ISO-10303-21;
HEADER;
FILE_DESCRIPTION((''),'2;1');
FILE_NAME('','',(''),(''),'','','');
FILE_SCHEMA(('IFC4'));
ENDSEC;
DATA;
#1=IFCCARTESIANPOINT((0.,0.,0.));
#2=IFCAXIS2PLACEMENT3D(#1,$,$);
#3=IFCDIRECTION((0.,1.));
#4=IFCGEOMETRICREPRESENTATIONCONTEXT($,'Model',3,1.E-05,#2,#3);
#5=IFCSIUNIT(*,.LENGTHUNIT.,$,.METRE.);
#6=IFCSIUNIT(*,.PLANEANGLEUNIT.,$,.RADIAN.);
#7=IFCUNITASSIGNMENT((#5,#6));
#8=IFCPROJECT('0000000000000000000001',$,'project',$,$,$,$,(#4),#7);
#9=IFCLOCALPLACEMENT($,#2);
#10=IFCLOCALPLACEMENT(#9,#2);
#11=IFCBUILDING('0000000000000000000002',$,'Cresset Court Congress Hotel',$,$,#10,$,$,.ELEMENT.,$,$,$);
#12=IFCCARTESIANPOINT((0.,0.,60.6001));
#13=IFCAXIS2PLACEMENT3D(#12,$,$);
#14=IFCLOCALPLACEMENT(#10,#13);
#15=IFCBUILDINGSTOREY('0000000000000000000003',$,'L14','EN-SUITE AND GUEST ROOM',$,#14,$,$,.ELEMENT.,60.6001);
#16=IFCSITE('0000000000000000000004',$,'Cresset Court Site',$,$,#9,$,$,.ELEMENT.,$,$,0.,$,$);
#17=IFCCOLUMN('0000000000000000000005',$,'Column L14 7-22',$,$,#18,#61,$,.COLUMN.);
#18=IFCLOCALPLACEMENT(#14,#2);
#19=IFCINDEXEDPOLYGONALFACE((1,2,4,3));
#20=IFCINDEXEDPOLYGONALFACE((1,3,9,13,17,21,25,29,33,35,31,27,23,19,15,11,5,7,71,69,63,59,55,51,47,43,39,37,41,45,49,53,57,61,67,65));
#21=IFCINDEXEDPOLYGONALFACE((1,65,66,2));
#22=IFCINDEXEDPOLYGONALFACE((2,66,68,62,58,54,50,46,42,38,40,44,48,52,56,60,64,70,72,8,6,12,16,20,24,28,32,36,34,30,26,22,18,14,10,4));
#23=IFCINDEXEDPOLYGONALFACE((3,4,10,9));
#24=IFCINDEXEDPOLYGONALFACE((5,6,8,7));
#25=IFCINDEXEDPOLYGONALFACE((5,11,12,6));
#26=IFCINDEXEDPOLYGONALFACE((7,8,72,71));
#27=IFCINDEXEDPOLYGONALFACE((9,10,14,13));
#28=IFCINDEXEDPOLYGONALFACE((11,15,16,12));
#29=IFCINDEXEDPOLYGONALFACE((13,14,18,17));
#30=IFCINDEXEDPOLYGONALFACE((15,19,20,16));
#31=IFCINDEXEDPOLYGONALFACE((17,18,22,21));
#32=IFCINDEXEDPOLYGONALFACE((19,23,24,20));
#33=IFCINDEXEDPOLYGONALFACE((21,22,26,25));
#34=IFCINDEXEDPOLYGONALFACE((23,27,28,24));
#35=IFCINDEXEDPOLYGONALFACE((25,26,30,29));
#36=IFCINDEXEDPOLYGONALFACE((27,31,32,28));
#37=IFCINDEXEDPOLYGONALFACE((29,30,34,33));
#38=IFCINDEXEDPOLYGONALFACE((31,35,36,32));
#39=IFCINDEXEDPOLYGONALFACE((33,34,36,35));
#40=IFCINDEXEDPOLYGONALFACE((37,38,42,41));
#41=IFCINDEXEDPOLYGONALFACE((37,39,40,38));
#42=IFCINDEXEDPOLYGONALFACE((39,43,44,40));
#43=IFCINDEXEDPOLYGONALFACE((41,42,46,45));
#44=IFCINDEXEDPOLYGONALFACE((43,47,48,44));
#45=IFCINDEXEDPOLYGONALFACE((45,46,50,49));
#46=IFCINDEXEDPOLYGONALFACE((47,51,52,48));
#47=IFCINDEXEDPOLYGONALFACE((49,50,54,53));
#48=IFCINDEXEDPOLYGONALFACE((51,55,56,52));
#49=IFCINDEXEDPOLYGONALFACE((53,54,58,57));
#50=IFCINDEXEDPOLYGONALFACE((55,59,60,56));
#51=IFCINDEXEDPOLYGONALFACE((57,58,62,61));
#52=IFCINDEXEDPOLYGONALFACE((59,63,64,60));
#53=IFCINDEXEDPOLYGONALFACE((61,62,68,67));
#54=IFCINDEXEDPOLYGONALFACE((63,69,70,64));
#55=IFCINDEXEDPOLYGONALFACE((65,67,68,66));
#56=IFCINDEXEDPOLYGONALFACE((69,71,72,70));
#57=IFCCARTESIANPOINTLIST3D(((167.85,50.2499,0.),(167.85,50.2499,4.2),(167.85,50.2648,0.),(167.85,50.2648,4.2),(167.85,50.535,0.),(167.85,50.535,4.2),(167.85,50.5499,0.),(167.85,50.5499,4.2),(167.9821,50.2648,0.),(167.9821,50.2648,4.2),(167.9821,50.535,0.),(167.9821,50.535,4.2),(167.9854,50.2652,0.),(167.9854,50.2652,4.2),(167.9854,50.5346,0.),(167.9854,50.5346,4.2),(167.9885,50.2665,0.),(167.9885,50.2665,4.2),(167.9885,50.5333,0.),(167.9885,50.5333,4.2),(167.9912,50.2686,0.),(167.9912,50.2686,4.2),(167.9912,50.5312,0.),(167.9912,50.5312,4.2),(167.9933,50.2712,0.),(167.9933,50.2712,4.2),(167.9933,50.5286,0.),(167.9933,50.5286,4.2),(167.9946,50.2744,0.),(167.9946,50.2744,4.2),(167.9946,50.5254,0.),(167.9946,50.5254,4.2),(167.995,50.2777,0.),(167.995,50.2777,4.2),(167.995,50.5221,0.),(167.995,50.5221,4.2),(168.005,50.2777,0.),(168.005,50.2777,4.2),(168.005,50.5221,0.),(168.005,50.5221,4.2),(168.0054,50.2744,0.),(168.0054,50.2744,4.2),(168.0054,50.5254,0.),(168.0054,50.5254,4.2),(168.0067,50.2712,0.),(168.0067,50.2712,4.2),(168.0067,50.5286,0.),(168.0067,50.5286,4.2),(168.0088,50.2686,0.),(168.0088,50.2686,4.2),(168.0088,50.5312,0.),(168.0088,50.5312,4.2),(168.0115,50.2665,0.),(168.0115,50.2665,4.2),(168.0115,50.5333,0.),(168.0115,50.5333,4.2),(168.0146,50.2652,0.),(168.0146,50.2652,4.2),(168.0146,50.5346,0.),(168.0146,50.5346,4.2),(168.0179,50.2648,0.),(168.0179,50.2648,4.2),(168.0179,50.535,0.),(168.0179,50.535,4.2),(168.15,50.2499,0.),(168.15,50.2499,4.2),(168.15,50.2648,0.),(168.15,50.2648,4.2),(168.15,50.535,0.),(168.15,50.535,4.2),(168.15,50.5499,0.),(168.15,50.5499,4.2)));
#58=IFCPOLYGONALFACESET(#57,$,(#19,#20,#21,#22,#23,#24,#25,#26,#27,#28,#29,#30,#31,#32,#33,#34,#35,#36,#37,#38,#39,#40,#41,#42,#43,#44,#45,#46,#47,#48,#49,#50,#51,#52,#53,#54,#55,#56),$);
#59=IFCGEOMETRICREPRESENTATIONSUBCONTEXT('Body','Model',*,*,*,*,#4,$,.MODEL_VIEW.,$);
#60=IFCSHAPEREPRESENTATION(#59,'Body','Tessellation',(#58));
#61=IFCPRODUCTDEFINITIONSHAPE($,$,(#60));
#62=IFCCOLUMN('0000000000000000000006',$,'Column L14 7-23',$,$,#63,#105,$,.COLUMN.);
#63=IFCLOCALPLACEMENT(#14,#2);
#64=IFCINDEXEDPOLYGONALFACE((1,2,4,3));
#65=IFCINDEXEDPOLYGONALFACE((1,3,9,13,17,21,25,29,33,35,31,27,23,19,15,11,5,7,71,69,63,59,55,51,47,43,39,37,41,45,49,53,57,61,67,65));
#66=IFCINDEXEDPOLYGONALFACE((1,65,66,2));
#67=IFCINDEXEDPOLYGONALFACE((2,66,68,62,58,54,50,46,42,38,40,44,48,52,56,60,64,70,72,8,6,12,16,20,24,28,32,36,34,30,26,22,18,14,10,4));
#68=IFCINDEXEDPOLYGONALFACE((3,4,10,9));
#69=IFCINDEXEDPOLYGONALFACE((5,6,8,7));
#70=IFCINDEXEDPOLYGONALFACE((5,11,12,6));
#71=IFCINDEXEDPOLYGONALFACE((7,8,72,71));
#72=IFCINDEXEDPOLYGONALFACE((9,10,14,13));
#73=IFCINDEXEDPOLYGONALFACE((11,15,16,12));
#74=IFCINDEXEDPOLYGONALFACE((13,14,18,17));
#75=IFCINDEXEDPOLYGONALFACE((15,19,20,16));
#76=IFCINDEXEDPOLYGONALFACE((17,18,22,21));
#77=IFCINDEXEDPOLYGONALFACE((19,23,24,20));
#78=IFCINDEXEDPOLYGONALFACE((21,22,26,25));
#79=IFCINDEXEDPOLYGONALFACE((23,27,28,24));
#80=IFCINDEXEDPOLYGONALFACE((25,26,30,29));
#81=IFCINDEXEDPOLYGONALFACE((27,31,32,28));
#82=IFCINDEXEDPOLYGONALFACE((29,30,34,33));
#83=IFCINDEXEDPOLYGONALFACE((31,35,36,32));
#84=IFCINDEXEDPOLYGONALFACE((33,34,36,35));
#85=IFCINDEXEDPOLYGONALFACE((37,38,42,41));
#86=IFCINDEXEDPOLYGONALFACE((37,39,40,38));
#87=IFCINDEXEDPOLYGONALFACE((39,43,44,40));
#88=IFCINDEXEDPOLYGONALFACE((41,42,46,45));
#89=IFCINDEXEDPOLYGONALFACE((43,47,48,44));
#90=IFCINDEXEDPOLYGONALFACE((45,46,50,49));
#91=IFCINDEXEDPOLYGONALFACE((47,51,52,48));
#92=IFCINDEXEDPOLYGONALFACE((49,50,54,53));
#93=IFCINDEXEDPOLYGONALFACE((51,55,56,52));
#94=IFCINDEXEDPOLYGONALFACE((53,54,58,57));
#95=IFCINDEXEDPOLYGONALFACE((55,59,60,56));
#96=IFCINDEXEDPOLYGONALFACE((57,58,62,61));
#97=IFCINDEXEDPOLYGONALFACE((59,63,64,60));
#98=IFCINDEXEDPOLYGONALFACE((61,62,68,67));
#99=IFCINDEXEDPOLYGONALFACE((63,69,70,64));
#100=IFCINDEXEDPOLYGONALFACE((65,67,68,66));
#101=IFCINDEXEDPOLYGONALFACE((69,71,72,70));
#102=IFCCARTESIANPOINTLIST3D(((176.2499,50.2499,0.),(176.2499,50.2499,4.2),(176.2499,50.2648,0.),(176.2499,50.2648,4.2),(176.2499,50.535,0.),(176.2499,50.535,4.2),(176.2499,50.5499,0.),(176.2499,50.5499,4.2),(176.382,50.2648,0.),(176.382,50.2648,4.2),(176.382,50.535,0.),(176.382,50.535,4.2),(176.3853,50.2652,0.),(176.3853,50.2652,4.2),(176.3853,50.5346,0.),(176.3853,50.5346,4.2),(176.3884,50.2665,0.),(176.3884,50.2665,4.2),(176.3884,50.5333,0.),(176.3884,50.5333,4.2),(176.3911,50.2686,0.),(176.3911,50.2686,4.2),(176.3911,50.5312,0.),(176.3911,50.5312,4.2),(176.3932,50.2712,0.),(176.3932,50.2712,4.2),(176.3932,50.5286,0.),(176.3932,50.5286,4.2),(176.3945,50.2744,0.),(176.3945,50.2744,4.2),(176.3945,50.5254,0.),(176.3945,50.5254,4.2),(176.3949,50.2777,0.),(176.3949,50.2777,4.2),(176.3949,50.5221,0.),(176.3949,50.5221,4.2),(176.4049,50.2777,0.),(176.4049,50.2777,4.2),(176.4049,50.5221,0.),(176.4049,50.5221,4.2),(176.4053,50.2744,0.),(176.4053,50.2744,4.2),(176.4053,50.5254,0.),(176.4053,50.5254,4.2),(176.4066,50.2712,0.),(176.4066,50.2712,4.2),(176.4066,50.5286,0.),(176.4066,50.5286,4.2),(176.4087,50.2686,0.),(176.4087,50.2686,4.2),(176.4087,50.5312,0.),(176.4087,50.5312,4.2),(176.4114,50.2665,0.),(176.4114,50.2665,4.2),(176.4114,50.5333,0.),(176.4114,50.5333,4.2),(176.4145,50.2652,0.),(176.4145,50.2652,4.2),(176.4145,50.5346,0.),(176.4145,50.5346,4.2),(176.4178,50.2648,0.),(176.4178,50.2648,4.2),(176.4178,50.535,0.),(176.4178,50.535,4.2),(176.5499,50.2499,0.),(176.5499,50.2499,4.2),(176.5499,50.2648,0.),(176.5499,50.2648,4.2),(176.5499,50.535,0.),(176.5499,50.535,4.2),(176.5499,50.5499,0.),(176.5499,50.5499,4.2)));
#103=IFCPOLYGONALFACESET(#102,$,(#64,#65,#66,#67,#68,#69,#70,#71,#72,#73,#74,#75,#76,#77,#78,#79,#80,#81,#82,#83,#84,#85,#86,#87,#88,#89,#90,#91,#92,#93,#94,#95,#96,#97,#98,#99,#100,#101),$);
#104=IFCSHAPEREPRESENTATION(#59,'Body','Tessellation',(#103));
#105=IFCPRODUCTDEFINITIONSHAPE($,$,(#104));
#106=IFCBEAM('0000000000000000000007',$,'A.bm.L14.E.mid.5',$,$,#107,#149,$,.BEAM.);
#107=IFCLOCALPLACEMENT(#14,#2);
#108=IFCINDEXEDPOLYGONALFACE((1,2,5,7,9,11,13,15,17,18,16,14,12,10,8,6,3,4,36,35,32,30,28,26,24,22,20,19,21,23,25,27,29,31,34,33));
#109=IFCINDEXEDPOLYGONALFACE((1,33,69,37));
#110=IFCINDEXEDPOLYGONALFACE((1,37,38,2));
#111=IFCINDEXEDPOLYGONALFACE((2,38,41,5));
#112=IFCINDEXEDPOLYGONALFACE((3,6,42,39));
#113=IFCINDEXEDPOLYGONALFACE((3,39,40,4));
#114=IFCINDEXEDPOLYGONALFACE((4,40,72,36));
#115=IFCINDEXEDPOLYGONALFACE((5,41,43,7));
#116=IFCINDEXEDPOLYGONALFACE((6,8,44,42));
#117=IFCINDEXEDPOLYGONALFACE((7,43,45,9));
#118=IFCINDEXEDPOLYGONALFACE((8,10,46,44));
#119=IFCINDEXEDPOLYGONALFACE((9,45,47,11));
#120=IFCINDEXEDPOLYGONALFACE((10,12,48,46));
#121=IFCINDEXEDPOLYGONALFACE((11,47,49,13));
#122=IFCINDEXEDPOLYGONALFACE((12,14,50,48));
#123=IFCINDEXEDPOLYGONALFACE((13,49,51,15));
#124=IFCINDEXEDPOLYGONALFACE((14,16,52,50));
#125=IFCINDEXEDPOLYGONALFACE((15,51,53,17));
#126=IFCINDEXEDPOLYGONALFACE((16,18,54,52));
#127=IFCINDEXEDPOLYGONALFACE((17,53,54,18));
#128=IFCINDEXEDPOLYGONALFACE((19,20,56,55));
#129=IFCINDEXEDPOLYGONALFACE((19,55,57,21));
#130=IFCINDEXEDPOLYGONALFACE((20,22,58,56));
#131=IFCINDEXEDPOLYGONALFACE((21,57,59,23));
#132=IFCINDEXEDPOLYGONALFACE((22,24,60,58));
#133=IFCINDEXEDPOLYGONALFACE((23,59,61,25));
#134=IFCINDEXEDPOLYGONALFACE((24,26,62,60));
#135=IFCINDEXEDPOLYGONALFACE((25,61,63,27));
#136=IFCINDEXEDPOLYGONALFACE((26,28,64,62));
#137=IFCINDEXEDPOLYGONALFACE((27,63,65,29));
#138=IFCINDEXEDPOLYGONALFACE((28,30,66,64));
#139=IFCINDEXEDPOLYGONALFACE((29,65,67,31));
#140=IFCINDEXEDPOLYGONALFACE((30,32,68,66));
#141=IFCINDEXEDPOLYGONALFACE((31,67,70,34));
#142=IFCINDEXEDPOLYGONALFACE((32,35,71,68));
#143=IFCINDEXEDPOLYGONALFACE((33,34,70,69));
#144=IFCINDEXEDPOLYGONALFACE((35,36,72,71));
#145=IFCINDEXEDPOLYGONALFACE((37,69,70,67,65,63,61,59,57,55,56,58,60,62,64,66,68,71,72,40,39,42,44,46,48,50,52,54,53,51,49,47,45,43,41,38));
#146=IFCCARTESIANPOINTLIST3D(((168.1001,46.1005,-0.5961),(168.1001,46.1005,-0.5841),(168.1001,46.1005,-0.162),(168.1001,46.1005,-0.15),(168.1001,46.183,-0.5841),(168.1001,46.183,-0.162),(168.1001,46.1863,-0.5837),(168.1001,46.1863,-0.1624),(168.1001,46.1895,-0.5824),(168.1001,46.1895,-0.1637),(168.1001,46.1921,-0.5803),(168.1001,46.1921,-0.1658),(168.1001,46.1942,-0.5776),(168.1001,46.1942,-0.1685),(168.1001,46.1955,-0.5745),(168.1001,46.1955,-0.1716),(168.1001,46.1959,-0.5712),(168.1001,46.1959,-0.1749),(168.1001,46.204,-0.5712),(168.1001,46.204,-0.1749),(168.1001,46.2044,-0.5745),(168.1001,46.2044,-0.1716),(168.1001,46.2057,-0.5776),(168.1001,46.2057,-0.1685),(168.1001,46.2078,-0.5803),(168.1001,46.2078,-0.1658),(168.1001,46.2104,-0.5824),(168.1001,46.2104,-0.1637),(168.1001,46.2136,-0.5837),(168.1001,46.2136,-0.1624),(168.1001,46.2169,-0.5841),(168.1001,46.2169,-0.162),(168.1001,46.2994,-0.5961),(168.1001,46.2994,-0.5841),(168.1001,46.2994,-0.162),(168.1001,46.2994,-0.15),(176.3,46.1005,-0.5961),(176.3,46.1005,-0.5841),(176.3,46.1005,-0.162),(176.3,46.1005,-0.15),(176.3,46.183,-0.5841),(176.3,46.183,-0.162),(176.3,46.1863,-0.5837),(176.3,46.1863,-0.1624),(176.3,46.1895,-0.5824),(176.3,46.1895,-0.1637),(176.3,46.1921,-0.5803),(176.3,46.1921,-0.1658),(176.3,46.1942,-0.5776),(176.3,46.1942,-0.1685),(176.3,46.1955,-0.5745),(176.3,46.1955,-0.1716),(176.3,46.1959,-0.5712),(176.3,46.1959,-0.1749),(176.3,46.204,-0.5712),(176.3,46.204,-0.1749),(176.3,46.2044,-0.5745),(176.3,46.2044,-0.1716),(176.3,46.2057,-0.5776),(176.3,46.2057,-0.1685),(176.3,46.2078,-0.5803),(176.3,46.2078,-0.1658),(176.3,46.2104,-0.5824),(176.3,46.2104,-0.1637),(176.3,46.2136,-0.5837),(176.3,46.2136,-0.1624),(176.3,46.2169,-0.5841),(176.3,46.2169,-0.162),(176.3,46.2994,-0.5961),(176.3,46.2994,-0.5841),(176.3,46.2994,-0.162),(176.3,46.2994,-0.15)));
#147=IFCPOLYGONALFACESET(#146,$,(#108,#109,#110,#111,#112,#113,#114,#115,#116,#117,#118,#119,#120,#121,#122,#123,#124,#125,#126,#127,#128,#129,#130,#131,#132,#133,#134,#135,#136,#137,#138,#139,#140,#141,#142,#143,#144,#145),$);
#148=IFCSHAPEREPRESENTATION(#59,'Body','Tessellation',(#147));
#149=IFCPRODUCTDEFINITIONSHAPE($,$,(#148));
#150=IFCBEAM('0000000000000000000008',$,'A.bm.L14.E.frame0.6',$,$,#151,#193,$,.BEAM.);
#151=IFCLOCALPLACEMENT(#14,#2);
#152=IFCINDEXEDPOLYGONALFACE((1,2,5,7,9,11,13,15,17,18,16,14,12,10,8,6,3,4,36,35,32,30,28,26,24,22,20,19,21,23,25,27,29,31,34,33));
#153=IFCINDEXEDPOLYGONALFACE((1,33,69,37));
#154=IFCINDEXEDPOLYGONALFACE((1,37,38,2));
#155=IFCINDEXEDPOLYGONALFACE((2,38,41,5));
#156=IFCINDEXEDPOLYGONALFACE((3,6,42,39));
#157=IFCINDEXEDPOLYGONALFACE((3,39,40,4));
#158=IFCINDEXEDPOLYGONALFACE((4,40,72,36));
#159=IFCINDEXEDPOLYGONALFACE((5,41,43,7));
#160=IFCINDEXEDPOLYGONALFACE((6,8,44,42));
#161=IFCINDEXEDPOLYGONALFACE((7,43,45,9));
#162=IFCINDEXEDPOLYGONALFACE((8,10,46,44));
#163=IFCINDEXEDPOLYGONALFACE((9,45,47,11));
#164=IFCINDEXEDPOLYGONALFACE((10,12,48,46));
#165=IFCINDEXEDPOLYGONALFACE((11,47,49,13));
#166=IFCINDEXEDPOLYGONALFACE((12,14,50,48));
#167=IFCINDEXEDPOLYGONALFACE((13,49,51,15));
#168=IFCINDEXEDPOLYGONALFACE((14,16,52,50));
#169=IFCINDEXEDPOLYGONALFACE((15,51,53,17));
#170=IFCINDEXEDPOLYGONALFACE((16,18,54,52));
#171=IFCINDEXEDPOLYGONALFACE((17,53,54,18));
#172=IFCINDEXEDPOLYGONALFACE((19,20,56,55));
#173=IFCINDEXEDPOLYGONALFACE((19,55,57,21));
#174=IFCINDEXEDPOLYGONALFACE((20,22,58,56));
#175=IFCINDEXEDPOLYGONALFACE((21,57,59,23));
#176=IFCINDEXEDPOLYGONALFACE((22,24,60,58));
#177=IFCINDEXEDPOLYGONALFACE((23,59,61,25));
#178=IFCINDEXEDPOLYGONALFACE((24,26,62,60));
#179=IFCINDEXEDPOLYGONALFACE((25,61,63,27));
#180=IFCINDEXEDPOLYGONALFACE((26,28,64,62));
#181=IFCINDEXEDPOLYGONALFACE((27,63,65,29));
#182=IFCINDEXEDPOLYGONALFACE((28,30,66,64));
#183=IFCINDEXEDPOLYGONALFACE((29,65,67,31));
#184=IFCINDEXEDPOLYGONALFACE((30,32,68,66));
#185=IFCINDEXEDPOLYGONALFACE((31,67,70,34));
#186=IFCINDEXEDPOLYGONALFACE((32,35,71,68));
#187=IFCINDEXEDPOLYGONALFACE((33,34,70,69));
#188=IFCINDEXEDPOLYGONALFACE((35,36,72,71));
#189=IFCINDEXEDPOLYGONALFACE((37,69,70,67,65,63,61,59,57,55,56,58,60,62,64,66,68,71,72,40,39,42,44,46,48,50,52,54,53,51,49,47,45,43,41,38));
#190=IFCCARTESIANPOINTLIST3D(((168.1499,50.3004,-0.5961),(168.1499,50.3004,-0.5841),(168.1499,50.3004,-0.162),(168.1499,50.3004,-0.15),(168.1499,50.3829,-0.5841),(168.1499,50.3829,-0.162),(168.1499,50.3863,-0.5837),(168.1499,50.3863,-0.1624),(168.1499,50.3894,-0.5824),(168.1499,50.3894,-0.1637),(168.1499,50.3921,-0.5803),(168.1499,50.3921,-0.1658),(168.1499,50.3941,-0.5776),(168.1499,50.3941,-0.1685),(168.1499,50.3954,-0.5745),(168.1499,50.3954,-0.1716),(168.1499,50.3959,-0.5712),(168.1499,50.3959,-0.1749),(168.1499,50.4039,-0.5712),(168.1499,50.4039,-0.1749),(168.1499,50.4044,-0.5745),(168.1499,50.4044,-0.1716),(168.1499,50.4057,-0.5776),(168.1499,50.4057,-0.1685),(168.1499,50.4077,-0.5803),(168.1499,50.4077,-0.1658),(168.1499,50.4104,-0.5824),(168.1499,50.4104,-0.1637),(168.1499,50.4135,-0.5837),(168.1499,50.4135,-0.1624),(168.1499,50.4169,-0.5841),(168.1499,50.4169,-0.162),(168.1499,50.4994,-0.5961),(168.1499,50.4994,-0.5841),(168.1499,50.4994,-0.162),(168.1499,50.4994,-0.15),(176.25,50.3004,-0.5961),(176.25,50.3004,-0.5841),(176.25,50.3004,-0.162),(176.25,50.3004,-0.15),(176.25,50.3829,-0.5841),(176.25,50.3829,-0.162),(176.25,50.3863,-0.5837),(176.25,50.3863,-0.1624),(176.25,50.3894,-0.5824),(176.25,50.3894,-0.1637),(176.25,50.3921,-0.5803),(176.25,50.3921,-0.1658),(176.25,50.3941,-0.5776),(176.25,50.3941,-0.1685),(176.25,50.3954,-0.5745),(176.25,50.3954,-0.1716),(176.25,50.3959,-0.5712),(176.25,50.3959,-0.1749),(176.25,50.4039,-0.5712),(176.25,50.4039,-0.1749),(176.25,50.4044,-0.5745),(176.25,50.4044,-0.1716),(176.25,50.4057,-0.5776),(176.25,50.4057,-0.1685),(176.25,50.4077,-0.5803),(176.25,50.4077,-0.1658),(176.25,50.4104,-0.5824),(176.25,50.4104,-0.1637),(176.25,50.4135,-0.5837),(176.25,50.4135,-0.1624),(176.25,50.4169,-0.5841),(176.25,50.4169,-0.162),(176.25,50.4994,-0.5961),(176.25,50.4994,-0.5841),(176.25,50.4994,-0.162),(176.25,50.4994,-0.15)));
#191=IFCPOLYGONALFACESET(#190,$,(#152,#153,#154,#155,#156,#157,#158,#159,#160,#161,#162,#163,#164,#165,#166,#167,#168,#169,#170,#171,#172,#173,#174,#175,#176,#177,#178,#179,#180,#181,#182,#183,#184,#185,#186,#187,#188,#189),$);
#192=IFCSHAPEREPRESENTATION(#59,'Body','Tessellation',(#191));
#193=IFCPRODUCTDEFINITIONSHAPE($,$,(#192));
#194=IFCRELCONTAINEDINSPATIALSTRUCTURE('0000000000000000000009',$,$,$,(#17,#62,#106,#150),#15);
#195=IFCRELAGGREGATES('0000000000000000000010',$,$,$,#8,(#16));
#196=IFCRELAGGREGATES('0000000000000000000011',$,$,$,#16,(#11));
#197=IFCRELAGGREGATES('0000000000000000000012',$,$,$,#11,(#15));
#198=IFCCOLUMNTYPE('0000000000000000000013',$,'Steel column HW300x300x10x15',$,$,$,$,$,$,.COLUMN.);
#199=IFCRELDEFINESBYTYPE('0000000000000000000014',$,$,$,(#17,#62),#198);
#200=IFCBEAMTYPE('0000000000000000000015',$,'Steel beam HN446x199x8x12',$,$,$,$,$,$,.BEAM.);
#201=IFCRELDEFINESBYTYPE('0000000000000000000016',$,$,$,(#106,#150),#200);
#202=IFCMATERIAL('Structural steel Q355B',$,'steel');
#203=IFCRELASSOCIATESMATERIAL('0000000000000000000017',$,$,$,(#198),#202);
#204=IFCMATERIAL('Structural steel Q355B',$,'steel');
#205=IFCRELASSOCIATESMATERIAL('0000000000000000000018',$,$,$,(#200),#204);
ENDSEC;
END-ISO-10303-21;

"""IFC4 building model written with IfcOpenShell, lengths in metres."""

from ifc_helpers import new_model, si_unit, direction, frame, origin, origin_2d, place, context, subcontext, project, spatial, i_section, extrude, material, material_profile, profile_set, type_object, element, save


model = new_model("IFC4")

# Units and contexts
model_context = context("Model", 3, precision=1e-05, world=origin(), true_north=direction((0.0, 1.0)))
body_context = subcontext(model_context, "Body", "Model", "MODEL_VIEW")
ifc_project = project(units=[si_unit("LENGTHUNIT", "METRE"), si_unit("PLANEANGLEUNIT", "RADIAN")], contexts=[model_context])

# Site, building, storey
site_placement = place(None, origin())
site = spatial("IfcSite", under=ifc_project, at=site_placement, Name="Cresset Court Site", CompositionType="ELEMENT", RefElevation=0.0)
building_placement = place(site_placement, origin())
building = spatial("IfcBuilding", under=site, at=building_placement, Name="Cresset Court Congress Hotel", CompositionType="ELEMENT")
storey_placement = place(building_placement, frame((0.0, 0.0, 60.6001)))
storey = spatial("IfcBuildingStorey", under=building, at=storey_placement, Name="L14", Description="EN-SUITE AND GUEST ROOM", CompositionType="ELEMENT", Elevation=60.6001)

# Columns
ifc_material_1 = material(Name="Structural steel Q355B", Category="steel")
ifc_material_profile_1 = material_profile(ifc_material_1, i_section(OverallWidth=0.3, OverallDepth=0.3, WebThickness=0.01, FlangeThickness=0.0149, FilletRadius=0.0129, at=origin_2d()), Name="HW300x300x10x15")
ifc_profile_set_1 = profile_set([ifc_material_profile_1], Name="Structural steel Q355B")
column_type = type_object("IfcColumnType", Name="Steel column HW300x300x10x15", PredefinedType="COLUMN", material=ifc_profile_set_1)
for number, where, z_axis, x_axis, name in (
    (1, (168.0, 50.3999, 0.0), (0.0, 0.0, 1.0), (1.0, 0.0, 0.0), "Column L14 7-22"),
    (2, (176.3999, 50.3999, 0.0), (0.0, 0.0, 1.0), (1.0, 0.0, 0.0), "Column L14 7-23"),
):
    element("IfcColumn", number, at=place(storey_placement, frame(where, z_axis=z_axis, x_axis=x_axis)), inside=storey, type_object=column_type, Name=name, PredefinedType="COLUMN", context=body_context, shape_type="SweptSolid", body=[
        extrude(i_section(OverallWidth=0.3, OverallDepth=0.3, WebThickness=0.01, FlangeThickness=0.0149, FilletRadius=0.0129, at=origin_2d()), origin(), (0.0, 0.0, 1.0), 4.2),
    ])

# Beams
ifc_material_2 = material(Name="Structural steel Q355B", Category="steel")
ifc_material_profile_2 = material_profile(ifc_material_2, i_section(OverallWidth=0.199, OverallDepth=0.446, WebThickness=0.0081, FlangeThickness=0.012, FilletRadius=0.0129, at=origin_2d()), Name="HN446x199x8x12")
ifc_profile_set_2 = profile_set([ifc_material_profile_2], Name="Structural steel Q355B")
beam_type_1 = type_object("IfcBeamType", Name="Steel beam HN446x199x8x12", PredefinedType="BEAM", material=ifc_profile_set_2)
beam_1_placement = place(storey_placement, frame((168.1001, 46.2, -0.373), z_axis=(1.0, 0.0, 0.0), x_axis=(0.0, 1.0, 0.0)))
element("IfcBeam", 3, at=beam_1_placement, inside=storey, type_object=beam_type_1, Name="A.bm.L14.E.mid.5", PredefinedType="BEAM", context=body_context, shape_type="SweptSolid", body=[
    extrude(i_section(OverallWidth=0.199, OverallDepth=0.446, WebThickness=0.0081, FlangeThickness=0.012, FilletRadius=0.0129, at=origin_2d()), origin(), (0.0, 0.0, 1.0), 8.2),
])
beam_2_placement = place(storey_placement, frame((168.1499, 50.3999, -0.373), z_axis=(1.0, 0.0, 0.0), x_axis=(0.0, 1.0, 0.0)))
element("IfcBeam", 4, at=beam_2_placement, inside=storey, type_object=beam_type_1, Name="A.bm.L14.E.frame0.6", PredefinedType="BEAM", context=body_context, shape_type="SweptSolid", body=[
    extrude(i_section(OverallWidth=0.199, OverallDepth=0.446, WebThickness=0.0081, FlangeThickness=0.012, FilletRadius=0.0129, at=origin_2d()), origin(), (0.0, 0.0, 1.0), 8.1001),
])

save(model, "model.ifc")
